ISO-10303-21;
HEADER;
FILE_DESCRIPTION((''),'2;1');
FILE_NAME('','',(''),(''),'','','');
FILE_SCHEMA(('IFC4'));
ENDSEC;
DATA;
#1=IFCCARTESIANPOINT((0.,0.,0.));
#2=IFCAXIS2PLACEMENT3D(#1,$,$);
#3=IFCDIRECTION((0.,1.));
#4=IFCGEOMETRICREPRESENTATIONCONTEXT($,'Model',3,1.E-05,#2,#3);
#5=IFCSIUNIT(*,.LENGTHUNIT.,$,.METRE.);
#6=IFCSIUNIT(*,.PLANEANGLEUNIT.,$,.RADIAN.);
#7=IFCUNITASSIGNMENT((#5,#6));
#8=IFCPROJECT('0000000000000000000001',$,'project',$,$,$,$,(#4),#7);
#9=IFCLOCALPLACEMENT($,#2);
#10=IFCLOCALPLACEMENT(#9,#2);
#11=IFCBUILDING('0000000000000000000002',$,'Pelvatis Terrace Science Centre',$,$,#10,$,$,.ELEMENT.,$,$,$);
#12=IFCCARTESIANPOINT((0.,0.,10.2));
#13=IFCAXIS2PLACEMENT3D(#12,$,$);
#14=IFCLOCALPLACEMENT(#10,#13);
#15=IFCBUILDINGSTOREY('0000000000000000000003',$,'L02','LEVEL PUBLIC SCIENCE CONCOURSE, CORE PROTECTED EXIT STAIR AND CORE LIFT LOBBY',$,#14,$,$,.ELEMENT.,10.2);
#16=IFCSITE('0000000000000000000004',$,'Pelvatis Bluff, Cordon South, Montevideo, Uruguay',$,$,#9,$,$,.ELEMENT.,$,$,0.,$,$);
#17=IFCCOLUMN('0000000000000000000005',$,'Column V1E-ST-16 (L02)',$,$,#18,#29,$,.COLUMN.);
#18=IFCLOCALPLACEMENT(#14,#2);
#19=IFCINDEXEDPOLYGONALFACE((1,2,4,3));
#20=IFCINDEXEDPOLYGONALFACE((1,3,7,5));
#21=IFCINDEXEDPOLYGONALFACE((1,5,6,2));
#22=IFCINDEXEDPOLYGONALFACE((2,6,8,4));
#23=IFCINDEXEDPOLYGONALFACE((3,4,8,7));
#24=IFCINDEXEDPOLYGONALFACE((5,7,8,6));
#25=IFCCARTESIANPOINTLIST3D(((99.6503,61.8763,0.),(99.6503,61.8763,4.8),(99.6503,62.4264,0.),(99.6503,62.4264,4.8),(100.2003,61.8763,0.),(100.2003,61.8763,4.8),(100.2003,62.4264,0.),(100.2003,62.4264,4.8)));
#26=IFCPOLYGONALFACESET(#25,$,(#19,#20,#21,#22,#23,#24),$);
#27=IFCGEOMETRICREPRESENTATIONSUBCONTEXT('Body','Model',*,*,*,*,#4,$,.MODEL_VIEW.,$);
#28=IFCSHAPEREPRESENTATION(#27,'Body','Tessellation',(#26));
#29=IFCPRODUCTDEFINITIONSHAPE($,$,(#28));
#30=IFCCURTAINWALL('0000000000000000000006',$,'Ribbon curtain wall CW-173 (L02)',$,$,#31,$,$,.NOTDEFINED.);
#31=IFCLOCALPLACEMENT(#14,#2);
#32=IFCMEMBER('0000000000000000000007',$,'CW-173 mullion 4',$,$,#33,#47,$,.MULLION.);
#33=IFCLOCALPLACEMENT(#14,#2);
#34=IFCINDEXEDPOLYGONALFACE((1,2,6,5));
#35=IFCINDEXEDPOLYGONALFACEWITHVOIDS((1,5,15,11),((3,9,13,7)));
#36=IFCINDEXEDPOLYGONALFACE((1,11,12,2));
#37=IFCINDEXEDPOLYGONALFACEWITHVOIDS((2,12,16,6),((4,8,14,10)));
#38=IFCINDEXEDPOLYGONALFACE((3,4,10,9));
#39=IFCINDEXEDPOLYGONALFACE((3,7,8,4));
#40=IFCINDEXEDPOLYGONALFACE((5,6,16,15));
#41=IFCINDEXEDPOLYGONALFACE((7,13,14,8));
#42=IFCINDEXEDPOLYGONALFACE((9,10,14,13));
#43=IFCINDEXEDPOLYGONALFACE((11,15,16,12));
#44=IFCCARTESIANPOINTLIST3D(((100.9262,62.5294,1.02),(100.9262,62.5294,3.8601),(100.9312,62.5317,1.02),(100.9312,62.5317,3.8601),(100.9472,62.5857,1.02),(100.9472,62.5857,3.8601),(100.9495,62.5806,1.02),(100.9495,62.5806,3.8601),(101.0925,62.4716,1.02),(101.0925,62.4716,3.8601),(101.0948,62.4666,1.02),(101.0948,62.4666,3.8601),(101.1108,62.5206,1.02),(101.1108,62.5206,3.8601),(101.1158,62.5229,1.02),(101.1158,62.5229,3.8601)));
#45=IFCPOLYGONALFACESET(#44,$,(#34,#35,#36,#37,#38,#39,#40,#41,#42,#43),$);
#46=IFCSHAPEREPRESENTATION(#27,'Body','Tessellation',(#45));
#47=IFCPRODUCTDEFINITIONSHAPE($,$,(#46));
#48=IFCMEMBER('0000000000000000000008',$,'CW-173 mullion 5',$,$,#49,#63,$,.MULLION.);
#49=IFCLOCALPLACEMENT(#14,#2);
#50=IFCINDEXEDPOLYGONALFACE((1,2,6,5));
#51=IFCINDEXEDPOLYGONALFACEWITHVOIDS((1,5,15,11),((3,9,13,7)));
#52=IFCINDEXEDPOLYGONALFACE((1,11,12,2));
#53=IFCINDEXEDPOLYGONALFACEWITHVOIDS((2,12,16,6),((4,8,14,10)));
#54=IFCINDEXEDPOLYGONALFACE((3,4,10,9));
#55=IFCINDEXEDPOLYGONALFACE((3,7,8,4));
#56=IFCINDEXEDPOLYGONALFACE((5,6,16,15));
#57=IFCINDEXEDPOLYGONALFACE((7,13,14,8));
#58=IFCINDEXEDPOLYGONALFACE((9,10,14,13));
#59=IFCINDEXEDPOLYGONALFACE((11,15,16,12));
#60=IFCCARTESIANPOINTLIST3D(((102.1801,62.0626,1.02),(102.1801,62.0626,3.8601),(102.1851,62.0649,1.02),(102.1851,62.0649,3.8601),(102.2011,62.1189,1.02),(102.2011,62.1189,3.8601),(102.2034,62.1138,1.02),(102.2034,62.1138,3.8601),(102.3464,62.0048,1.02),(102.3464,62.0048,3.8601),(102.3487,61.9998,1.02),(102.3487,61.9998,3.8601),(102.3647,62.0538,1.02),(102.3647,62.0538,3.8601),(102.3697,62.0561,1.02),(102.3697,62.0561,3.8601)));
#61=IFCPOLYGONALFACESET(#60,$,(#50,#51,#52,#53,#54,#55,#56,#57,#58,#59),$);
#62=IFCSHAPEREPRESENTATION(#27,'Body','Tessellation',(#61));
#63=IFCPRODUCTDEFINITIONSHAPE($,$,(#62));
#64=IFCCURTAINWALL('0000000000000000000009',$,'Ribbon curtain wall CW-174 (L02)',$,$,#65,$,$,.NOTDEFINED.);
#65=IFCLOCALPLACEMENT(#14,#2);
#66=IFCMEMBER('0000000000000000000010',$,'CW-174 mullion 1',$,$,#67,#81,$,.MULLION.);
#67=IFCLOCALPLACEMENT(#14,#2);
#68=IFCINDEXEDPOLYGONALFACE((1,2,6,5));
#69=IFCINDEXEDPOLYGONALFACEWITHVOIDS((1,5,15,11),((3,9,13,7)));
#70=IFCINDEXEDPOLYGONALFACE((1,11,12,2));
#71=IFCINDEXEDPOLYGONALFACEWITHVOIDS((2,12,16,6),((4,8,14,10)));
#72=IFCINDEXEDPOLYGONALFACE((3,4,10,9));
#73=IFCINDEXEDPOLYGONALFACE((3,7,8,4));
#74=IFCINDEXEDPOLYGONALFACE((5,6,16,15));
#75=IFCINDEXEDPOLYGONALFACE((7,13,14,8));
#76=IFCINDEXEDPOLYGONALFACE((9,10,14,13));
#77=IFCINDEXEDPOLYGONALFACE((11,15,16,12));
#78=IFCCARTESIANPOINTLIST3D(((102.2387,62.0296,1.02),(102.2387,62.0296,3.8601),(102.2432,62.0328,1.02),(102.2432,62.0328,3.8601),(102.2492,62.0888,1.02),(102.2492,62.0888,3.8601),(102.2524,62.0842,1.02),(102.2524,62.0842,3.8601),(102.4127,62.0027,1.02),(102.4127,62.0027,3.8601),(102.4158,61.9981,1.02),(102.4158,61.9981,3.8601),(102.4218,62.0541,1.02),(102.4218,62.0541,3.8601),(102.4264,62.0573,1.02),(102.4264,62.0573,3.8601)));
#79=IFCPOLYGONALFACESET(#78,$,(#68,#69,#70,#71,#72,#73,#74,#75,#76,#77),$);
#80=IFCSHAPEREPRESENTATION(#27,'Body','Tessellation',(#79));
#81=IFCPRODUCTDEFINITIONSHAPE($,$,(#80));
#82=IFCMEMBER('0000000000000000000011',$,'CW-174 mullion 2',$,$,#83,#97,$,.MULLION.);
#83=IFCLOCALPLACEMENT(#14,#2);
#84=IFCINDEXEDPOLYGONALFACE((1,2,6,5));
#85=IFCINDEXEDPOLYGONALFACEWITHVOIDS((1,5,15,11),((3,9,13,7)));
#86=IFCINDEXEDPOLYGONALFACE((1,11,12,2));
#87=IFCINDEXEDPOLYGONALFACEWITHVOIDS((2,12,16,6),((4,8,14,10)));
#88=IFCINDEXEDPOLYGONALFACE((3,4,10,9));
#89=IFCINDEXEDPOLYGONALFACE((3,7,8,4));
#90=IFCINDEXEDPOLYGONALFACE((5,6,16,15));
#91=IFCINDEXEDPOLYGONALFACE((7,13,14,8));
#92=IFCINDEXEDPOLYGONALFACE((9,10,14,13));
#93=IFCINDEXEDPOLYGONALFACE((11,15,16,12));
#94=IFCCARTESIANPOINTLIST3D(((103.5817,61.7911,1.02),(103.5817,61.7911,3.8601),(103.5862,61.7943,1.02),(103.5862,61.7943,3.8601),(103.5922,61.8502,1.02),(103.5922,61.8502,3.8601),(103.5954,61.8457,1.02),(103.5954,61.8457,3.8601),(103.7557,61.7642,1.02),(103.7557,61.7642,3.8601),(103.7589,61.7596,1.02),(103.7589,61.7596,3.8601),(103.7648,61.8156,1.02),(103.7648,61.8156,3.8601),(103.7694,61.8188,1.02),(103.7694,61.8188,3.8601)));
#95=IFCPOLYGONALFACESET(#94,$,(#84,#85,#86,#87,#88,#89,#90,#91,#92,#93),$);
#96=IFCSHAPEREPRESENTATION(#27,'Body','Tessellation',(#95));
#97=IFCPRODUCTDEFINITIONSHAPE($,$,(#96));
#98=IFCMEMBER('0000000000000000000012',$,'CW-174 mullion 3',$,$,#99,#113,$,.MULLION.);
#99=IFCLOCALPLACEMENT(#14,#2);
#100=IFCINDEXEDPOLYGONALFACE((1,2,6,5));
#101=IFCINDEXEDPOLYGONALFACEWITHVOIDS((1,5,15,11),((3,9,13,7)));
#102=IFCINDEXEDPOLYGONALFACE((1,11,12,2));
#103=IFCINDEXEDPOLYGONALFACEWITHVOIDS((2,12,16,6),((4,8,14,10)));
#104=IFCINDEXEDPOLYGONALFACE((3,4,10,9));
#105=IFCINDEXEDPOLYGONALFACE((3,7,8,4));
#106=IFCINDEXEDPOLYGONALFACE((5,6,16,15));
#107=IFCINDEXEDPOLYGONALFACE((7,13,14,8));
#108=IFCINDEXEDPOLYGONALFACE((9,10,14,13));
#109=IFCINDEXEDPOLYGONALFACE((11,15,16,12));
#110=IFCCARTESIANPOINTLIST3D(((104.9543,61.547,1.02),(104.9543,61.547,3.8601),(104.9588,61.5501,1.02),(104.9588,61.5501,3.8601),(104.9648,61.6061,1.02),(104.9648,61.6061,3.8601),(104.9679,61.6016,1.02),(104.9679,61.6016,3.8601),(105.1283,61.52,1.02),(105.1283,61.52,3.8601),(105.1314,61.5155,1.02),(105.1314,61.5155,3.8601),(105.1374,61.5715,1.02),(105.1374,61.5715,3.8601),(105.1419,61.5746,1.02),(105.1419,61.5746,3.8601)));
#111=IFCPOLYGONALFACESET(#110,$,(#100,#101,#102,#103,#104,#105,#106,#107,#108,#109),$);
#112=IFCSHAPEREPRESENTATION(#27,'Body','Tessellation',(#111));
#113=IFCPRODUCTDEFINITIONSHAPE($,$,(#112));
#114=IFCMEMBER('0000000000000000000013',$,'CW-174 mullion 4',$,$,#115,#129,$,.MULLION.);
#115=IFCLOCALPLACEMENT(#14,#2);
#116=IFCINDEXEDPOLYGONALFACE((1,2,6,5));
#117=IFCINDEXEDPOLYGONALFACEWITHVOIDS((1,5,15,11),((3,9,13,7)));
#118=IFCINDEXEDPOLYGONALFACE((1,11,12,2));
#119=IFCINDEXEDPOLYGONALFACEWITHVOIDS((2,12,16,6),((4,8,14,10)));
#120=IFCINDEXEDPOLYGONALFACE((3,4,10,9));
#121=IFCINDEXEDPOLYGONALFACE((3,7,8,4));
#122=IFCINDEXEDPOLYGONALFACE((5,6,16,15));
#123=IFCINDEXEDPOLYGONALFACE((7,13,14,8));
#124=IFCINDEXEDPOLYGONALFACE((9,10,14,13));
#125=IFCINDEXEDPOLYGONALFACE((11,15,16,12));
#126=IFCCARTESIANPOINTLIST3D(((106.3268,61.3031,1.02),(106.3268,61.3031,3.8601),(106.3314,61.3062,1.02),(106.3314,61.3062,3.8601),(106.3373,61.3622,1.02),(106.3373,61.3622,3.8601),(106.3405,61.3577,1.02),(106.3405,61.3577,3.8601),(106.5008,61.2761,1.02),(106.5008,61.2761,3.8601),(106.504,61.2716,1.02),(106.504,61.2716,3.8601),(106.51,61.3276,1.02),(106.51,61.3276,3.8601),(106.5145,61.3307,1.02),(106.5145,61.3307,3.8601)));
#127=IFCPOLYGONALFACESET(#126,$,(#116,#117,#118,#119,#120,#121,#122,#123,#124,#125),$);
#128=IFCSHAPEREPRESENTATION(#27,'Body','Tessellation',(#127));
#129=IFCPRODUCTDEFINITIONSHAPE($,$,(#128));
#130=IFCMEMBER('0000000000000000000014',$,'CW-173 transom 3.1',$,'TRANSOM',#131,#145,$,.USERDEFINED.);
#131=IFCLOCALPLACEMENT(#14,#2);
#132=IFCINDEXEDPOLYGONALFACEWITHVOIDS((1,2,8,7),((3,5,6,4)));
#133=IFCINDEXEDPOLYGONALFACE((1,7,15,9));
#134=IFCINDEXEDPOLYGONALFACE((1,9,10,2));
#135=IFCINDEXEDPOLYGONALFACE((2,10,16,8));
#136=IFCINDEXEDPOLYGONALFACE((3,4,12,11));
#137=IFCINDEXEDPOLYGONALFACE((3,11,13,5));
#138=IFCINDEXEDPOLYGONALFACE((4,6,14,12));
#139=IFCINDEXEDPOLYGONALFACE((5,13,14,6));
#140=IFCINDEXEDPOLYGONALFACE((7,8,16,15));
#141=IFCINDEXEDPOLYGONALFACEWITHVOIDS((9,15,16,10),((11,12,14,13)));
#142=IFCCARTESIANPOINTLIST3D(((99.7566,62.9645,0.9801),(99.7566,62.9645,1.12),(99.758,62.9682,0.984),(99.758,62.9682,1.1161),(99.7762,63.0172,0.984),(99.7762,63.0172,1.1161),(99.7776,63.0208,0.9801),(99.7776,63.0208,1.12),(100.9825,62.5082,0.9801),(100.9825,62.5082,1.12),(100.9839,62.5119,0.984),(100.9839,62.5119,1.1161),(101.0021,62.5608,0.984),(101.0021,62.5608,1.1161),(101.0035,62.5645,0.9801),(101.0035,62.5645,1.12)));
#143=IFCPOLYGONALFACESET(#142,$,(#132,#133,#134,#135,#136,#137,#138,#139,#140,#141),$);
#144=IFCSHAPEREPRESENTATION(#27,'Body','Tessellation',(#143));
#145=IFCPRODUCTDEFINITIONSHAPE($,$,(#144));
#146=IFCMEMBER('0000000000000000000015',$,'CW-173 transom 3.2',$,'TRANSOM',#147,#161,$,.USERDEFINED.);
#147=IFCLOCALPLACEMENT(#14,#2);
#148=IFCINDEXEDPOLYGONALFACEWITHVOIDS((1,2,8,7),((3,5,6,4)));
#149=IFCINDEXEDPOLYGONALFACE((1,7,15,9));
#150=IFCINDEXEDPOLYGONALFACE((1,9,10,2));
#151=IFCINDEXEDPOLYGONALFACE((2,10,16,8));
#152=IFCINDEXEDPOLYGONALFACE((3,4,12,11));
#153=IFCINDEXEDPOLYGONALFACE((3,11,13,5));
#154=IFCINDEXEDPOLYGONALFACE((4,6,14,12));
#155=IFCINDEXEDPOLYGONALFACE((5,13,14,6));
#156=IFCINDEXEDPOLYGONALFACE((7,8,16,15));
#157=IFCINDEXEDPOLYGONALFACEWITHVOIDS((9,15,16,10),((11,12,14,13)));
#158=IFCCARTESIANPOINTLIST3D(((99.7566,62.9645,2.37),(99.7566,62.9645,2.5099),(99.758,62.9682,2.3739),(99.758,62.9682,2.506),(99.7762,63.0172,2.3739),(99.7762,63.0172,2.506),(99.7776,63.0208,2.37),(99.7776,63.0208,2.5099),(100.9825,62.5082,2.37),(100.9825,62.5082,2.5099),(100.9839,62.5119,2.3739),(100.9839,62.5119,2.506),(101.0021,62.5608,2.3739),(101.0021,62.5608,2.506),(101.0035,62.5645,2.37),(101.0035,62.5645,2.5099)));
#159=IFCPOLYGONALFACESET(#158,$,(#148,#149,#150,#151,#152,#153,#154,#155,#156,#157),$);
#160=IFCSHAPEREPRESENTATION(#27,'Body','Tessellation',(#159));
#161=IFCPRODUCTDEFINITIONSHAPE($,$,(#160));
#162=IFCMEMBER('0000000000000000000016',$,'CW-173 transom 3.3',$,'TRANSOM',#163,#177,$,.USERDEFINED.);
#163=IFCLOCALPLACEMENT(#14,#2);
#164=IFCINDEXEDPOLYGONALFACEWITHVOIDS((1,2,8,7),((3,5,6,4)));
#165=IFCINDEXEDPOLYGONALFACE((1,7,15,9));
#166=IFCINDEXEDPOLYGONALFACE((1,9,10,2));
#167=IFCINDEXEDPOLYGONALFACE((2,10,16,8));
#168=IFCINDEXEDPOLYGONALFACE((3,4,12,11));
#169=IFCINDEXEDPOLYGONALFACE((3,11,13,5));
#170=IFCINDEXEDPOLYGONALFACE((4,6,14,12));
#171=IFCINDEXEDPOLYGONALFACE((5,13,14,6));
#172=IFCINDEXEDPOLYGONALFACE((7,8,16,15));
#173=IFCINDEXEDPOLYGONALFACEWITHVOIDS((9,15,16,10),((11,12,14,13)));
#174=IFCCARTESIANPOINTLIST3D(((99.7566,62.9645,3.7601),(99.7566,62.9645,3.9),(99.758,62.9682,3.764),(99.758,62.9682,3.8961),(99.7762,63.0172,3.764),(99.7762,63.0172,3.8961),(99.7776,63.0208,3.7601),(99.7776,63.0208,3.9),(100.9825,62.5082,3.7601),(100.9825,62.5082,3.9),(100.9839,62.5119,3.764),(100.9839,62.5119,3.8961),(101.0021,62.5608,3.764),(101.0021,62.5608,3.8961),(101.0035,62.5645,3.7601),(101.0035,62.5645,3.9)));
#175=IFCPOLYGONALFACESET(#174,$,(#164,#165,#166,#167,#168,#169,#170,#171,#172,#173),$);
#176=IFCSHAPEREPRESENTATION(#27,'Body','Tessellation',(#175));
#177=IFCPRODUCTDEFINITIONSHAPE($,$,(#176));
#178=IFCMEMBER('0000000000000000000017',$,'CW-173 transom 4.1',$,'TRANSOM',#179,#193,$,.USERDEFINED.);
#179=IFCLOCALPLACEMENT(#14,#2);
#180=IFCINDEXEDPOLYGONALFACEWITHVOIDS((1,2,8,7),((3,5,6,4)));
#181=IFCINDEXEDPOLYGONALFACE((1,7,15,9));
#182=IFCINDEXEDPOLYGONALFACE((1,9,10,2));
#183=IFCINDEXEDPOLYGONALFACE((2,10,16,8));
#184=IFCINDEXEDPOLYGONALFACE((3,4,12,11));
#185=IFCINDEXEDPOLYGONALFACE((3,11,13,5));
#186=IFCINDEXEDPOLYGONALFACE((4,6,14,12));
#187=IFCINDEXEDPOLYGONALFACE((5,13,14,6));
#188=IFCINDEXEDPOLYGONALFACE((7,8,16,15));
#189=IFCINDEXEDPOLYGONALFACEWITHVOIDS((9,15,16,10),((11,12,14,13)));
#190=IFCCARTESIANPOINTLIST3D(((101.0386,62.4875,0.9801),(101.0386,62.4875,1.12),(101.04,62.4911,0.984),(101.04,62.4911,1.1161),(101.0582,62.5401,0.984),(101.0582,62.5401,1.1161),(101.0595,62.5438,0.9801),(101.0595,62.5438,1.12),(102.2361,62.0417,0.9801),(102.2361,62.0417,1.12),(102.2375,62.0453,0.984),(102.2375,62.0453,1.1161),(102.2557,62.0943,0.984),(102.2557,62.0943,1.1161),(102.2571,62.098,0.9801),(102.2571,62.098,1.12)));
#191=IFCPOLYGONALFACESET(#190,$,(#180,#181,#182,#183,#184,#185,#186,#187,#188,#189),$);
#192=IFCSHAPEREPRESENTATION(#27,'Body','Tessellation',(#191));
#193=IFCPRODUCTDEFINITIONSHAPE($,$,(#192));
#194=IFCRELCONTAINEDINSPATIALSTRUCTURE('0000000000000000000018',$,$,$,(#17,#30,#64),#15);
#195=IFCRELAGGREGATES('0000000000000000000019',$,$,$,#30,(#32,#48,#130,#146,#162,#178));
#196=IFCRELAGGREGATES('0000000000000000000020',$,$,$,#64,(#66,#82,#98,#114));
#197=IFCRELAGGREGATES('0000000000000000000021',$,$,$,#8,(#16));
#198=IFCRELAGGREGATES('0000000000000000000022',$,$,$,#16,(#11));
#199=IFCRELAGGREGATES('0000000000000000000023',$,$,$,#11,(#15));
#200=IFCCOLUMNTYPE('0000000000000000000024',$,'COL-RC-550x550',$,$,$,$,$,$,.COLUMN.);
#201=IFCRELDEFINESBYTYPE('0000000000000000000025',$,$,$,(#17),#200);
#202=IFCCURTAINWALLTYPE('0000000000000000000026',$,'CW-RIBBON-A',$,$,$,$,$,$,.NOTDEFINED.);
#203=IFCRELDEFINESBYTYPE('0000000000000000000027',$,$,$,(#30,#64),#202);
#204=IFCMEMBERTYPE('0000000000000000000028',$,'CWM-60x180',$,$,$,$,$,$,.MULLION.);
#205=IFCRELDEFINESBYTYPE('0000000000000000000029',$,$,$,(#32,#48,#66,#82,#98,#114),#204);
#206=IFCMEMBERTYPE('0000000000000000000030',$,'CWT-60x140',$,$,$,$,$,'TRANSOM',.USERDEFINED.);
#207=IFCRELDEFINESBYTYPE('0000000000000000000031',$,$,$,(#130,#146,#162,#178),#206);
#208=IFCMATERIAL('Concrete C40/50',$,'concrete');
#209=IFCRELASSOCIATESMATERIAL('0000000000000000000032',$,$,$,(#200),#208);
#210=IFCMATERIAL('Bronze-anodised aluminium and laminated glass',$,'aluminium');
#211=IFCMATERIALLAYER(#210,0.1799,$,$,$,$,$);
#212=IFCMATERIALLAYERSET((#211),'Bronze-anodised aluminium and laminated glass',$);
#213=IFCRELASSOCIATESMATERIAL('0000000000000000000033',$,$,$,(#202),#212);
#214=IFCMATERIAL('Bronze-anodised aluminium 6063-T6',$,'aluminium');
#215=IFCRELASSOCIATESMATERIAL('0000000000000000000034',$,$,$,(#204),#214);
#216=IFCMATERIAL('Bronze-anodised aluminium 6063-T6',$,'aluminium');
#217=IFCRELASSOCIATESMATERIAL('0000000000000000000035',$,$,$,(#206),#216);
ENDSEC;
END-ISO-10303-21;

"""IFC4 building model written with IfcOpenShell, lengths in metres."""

from ifc_helpers import new_model, si_unit, direction, frame, origin, origin_2d, place, context, subcontext, project, spatial, rectangle, hollow_rectangle, extrude, material, layer, layer_set, material_profile, profile_set, type_object, element, aggregate, save


model = new_model("IFC4")

# Units and contexts
model_context = context("Model", 3, precision=1e-05, world=origin(), true_north=direction((0.0, 1.0)))
body_context = subcontext(model_context, "Body", "Model", "MODEL_VIEW")
ifc_project = project(units=[si_unit("LENGTHUNIT", "METRE"), si_unit("PLANEANGLEUNIT", "RADIAN")], contexts=[model_context])

# Site, building, storey
site_placement = place(None, origin())
site = spatial("IfcSite", under=ifc_project, at=site_placement, Name="Pelvatis Bluff, Cordon South, Montevideo, Uruguay", CompositionType="ELEMENT", RefElevation=0.0)
building_placement = place(site_placement, origin())
building = spatial("IfcBuilding", under=site, at=building_placement, Name="Pelvatis Terrace Science Centre", CompositionType="ELEMENT")
storey_placement = place(building_placement, frame((0.0, 0.0, 10.2)))
storey = spatial("IfcBuildingStorey", under=building, at=storey_placement, Name="L02", Description="LEVEL PUBLIC SCIENCE CONCOURSE, CORE PROTECTED EXIT STAIR AND CORE LIFT LOBBY", CompositionType="ELEMENT", Elevation=10.2)

# Column
ifc_material_1 = material(Name="Concrete C40/50", Category="concrete")
ifc_material_profile_1 = material_profile(ifc_material_1, rectangle(XDim=0.55, YDim=0.55, at=origin_2d()), Name="RC-COL 550x550")
ifc_profile_set_1 = profile_set([ifc_material_profile_1], Name="Concrete C40/50")
column_type = type_object("IfcColumnType", Name="COL-RC-550x550", PredefinedType="COLUMN", material=ifc_profile_set_1)
column_placement = place(storey_placement, frame((99.9253, 62.1514, 0.0), z_axis=(0.0, 0.0, 1.0), x_axis=(1.0, 0.0, 0.0)))
element("IfcColumn", 1, at=column_placement, inside=storey, type_object=column_type, Name="Column V1E-ST-16 (L02)", PredefinedType="COLUMN", context=body_context, shape_type="SweptSolid", body=[
    extrude(rectangle(XDim=0.55, YDim=0.55, at=origin_2d()), origin(), (0.0, 0.0, 1.0), 4.8),
])

# Curtain walls, members
ifc_material_2 = material(Name="Bronze-anodised aluminium and laminated glass", Category="aluminium")
ifc_layer_1 = layer(ifc_material_2, 0.1799)
ifc_layer_set_1 = layer_set([ifc_layer_1], Name="Bronze-anodised aluminium and laminated glass")
curtain_wall_type = type_object("IfcCurtainWallType", Name="CW-RIBBON-A", PredefinedType="NOTDEFINED", material=ifc_layer_set_1)
curtain_wall_1_placement = place(storey_placement, origin())
curtain_wall_1 = element("IfcCurtainWall", 2, at=curtain_wall_1_placement, inside=storey, type_object=curtain_wall_type, Name="Ribbon curtain wall CW-173 (L02)", PredefinedType="NOTDEFINED")
ifc_material_3 = material(Name="Bronze-anodised aluminium 6063-T6", Category="aluminium")
ifc_material_profile_2 = material_profile(ifc_material_3, hollow_rectangle(XDim=0.0601, YDim=0.1799, WallThickness=0.0039, at=origin_2d()), Name="ALU-MUL 60x180")
ifc_profile_set_2 = profile_set([ifc_material_profile_2], Name="Bronze-anodised aluminium 6063-T6")
member_type_1 = type_object("IfcMemberType", Name="CWM-60x180", PredefinedType="MULLION", material=ifc_profile_set_2)
member_1_placement = place(storey_placement, frame((101.021, 62.5261, 1.02), z_axis=(0.0, 0.0, 1.0), x_axis=(0.348869, 0.937171, 0.0)))
member_1 = element("IfcMember", 3, at=member_1_placement, type_object=member_type_1, Name="CW-173 mullion 4", PredefinedType="MULLION", context=body_context, shape_type="SweptSolid", body=[
    extrude(hollow_rectangle(XDim=0.0601, YDim=0.1799, WallThickness=0.0039, at=origin_2d()), origin(), (0.0, 0.0, 1.0), 2.8401),
])
member_2_placement = place(storey_placement, frame((102.2749, 62.0593, 1.02), z_axis=(0.0, 0.0, 1.0), x_axis=(0.348869, 0.937171, 0.0)))
member_2 = element("IfcMember", 4, at=member_2_placement, type_object=member_type_1, Name="CW-173 mullion 5", PredefinedType="MULLION", context=body_context, shape_type="SweptSolid", body=[
    extrude(hollow_rectangle(XDim=0.0601, YDim=0.1799, WallThickness=0.0039, at=origin_2d()), origin(), (0.0, 0.0, 1.0), 2.8401),
])
curtain_wall_2_placement = place(storey_placement, origin())
curtain_wall_2 = element("IfcCurtainWall", 5, at=curtain_wall_2_placement, inside=storey, type_object=curtain_wall_type, Name="Ribbon curtain wall CW-174 (L02)", PredefinedType="NOTDEFINED")
member_3_placement = place(storey_placement, frame((102.3325, 62.0435, 1.02), z_axis=(0.0, 0.0, 1.0), x_axis=(0.174983, 0.984571, 0.0)))
member_3 = element("IfcMember", 6, at=member_3_placement, type_object=member_type_1, Name="CW-174 mullion 1", PredefinedType="MULLION", context=body_context, shape_type="SweptSolid", body=[
    extrude(hollow_rectangle(XDim=0.0601, YDim=0.1799, WallThickness=0.0039, at=origin_2d()), origin(), (0.0, 0.0, 1.0), 2.8401),
])
member_4_placement = place(storey_placement, frame((103.6755, 61.8049, 1.02), z_axis=(0.0, 0.0, 1.0), x_axis=(0.174983, 0.984571, 0.0)))
member_4 = element("IfcMember", 7, at=member_4_placement, type_object=member_type_1, Name="CW-174 mullion 2", PredefinedType="MULLION", context=body_context, shape_type="SweptSolid", body=[
    extrude(hollow_rectangle(XDim=0.0601, YDim=0.1799, WallThickness=0.0039, at=origin_2d()), origin(), (0.0, 0.0, 1.0), 2.8401),
])
member_5_placement = place(storey_placement, frame((105.0481, 61.5608, 1.02), z_axis=(0.0, 0.0, 1.0), x_axis=(0.174983, 0.984571, 0.0)))
member_5 = element("IfcMember", 8, at=member_5_placement, type_object=member_type_1, Name="CW-174 mullion 3", PredefinedType="MULLION", context=body_context, shape_type="SweptSolid", body=[
    extrude(hollow_rectangle(XDim=0.0601, YDim=0.1799, WallThickness=0.0039, at=origin_2d()), origin(), (0.0, 0.0, 1.0), 2.8401),
])
member_6_placement = place(storey_placement, frame((106.4207, 61.3169, 1.02), z_axis=(0.0, 0.0, 1.0), x_axis=(0.174983, 0.984571, 0.0)))
member_6 = element("IfcMember", 9, at=member_6_placement, type_object=member_type_1, Name="CW-174 mullion 4", PredefinedType="MULLION", context=body_context, shape_type="SweptSolid", body=[
    extrude(hollow_rectangle(XDim=0.0601, YDim=0.1799, WallThickness=0.0039, at=origin_2d()), origin(), (0.0, 0.0, 1.0), 2.8401),
])

# Members
ifc_material_4 = material(Name="Bronze-anodised aluminium 6063-T6", Category="aluminium")
ifc_material_profile_3 = material_profile(ifc_material_4, hollow_rectangle(XDim=0.0601, YDim=0.1399, WallThickness=0.0039, at=origin_2d()), Name="ALU-TRN 60x140")
ifc_profile_set_3 = profile_set([ifc_material_profile_3], Name="Bronze-anodised aluminium 6063-T6")
member_type_2 = type_object("IfcMemberType", Name="CWT-60x140", ElementType="TRANSOM", PredefinedType="USERDEFINED", material=ifc_profile_set_3)
member_7_placement = place(storey_placement, frame((99.7671, 62.9927, 1.05), z_axis=(0.937178, -0.348852, 0.0), x_axis=(0.348852, 0.937178, 0.0)))
member_7 = element("IfcMember", 10, at=member_7_placement, type_object=member_type_2, Name="CW-173 transom 3.1", ObjectType="TRANSOM", PredefinedType="USERDEFINED", context=body_context, shape_type="SweptSolid", body=[
    extrude(hollow_rectangle(XDim=0.0601, YDim=0.1399, WallThickness=0.0039, at=origin_2d()), origin(), (0.0, 0.0, 1.0), 1.3081),
])
member_8_placement = place(storey_placement, frame((99.7671, 62.9927, 2.4399), z_axis=(0.937178, -0.348852, 0.0), x_axis=(0.348852, 0.937178, 0.0)))
member_8 = element("IfcMember", 11, at=member_8_placement, type_object=member_type_2, Name="CW-173 transom 3.2", ObjectType="TRANSOM", PredefinedType="USERDEFINED", context=body_context, shape_type="SweptSolid", body=[
    extrude(hollow_rectangle(XDim=0.0601, YDim=0.1399, WallThickness=0.0039, at=origin_2d()), origin(), (0.0, 0.0, 1.0), 1.3081),
])
member_9_placement = place(storey_placement, frame((99.7671, 62.9927, 3.8301), z_axis=(0.937178, -0.348852, 0.0), x_axis=(0.348852, 0.937178, 0.0)))
member_9 = element("IfcMember", 12, at=member_9_placement, type_object=member_type_2, Name="CW-173 transom 3.3", ObjectType="TRANSOM", PredefinedType="USERDEFINED", context=body_context, shape_type="SweptSolid", body=[
    extrude(hollow_rectangle(XDim=0.0601, YDim=0.1399, WallThickness=0.0039, at=origin_2d()), origin(), (0.0, 0.0, 1.0), 1.3081),
])
member_10_placement = place(storey_placement, frame((101.0491, 62.5156, 1.05), z_axis=(0.937167, -0.348882, 0.0), x_axis=(0.348882, 0.937167, 0.0)))
member_10 = element("IfcMember", 13, at=member_10_placement, type_object=member_type_2, Name="CW-173 transom 4.1", ObjectType="TRANSOM", PredefinedType="USERDEFINED", context=body_context, shape_type="SweptSolid", body=[
    extrude(hollow_rectangle(XDim=0.0601, YDim=0.1399, WallThickness=0.0039, at=origin_2d()), origin(), (0.0, 0.0, 1.0), 1.2778),
])

aggregate(curtain_wall_1, [member_1, member_2, member_7, member_8, member_9, member_10])
aggregate(curtain_wall_2, [member_3, member_4, member_5, member_6])

save(model, "model.ifc")
